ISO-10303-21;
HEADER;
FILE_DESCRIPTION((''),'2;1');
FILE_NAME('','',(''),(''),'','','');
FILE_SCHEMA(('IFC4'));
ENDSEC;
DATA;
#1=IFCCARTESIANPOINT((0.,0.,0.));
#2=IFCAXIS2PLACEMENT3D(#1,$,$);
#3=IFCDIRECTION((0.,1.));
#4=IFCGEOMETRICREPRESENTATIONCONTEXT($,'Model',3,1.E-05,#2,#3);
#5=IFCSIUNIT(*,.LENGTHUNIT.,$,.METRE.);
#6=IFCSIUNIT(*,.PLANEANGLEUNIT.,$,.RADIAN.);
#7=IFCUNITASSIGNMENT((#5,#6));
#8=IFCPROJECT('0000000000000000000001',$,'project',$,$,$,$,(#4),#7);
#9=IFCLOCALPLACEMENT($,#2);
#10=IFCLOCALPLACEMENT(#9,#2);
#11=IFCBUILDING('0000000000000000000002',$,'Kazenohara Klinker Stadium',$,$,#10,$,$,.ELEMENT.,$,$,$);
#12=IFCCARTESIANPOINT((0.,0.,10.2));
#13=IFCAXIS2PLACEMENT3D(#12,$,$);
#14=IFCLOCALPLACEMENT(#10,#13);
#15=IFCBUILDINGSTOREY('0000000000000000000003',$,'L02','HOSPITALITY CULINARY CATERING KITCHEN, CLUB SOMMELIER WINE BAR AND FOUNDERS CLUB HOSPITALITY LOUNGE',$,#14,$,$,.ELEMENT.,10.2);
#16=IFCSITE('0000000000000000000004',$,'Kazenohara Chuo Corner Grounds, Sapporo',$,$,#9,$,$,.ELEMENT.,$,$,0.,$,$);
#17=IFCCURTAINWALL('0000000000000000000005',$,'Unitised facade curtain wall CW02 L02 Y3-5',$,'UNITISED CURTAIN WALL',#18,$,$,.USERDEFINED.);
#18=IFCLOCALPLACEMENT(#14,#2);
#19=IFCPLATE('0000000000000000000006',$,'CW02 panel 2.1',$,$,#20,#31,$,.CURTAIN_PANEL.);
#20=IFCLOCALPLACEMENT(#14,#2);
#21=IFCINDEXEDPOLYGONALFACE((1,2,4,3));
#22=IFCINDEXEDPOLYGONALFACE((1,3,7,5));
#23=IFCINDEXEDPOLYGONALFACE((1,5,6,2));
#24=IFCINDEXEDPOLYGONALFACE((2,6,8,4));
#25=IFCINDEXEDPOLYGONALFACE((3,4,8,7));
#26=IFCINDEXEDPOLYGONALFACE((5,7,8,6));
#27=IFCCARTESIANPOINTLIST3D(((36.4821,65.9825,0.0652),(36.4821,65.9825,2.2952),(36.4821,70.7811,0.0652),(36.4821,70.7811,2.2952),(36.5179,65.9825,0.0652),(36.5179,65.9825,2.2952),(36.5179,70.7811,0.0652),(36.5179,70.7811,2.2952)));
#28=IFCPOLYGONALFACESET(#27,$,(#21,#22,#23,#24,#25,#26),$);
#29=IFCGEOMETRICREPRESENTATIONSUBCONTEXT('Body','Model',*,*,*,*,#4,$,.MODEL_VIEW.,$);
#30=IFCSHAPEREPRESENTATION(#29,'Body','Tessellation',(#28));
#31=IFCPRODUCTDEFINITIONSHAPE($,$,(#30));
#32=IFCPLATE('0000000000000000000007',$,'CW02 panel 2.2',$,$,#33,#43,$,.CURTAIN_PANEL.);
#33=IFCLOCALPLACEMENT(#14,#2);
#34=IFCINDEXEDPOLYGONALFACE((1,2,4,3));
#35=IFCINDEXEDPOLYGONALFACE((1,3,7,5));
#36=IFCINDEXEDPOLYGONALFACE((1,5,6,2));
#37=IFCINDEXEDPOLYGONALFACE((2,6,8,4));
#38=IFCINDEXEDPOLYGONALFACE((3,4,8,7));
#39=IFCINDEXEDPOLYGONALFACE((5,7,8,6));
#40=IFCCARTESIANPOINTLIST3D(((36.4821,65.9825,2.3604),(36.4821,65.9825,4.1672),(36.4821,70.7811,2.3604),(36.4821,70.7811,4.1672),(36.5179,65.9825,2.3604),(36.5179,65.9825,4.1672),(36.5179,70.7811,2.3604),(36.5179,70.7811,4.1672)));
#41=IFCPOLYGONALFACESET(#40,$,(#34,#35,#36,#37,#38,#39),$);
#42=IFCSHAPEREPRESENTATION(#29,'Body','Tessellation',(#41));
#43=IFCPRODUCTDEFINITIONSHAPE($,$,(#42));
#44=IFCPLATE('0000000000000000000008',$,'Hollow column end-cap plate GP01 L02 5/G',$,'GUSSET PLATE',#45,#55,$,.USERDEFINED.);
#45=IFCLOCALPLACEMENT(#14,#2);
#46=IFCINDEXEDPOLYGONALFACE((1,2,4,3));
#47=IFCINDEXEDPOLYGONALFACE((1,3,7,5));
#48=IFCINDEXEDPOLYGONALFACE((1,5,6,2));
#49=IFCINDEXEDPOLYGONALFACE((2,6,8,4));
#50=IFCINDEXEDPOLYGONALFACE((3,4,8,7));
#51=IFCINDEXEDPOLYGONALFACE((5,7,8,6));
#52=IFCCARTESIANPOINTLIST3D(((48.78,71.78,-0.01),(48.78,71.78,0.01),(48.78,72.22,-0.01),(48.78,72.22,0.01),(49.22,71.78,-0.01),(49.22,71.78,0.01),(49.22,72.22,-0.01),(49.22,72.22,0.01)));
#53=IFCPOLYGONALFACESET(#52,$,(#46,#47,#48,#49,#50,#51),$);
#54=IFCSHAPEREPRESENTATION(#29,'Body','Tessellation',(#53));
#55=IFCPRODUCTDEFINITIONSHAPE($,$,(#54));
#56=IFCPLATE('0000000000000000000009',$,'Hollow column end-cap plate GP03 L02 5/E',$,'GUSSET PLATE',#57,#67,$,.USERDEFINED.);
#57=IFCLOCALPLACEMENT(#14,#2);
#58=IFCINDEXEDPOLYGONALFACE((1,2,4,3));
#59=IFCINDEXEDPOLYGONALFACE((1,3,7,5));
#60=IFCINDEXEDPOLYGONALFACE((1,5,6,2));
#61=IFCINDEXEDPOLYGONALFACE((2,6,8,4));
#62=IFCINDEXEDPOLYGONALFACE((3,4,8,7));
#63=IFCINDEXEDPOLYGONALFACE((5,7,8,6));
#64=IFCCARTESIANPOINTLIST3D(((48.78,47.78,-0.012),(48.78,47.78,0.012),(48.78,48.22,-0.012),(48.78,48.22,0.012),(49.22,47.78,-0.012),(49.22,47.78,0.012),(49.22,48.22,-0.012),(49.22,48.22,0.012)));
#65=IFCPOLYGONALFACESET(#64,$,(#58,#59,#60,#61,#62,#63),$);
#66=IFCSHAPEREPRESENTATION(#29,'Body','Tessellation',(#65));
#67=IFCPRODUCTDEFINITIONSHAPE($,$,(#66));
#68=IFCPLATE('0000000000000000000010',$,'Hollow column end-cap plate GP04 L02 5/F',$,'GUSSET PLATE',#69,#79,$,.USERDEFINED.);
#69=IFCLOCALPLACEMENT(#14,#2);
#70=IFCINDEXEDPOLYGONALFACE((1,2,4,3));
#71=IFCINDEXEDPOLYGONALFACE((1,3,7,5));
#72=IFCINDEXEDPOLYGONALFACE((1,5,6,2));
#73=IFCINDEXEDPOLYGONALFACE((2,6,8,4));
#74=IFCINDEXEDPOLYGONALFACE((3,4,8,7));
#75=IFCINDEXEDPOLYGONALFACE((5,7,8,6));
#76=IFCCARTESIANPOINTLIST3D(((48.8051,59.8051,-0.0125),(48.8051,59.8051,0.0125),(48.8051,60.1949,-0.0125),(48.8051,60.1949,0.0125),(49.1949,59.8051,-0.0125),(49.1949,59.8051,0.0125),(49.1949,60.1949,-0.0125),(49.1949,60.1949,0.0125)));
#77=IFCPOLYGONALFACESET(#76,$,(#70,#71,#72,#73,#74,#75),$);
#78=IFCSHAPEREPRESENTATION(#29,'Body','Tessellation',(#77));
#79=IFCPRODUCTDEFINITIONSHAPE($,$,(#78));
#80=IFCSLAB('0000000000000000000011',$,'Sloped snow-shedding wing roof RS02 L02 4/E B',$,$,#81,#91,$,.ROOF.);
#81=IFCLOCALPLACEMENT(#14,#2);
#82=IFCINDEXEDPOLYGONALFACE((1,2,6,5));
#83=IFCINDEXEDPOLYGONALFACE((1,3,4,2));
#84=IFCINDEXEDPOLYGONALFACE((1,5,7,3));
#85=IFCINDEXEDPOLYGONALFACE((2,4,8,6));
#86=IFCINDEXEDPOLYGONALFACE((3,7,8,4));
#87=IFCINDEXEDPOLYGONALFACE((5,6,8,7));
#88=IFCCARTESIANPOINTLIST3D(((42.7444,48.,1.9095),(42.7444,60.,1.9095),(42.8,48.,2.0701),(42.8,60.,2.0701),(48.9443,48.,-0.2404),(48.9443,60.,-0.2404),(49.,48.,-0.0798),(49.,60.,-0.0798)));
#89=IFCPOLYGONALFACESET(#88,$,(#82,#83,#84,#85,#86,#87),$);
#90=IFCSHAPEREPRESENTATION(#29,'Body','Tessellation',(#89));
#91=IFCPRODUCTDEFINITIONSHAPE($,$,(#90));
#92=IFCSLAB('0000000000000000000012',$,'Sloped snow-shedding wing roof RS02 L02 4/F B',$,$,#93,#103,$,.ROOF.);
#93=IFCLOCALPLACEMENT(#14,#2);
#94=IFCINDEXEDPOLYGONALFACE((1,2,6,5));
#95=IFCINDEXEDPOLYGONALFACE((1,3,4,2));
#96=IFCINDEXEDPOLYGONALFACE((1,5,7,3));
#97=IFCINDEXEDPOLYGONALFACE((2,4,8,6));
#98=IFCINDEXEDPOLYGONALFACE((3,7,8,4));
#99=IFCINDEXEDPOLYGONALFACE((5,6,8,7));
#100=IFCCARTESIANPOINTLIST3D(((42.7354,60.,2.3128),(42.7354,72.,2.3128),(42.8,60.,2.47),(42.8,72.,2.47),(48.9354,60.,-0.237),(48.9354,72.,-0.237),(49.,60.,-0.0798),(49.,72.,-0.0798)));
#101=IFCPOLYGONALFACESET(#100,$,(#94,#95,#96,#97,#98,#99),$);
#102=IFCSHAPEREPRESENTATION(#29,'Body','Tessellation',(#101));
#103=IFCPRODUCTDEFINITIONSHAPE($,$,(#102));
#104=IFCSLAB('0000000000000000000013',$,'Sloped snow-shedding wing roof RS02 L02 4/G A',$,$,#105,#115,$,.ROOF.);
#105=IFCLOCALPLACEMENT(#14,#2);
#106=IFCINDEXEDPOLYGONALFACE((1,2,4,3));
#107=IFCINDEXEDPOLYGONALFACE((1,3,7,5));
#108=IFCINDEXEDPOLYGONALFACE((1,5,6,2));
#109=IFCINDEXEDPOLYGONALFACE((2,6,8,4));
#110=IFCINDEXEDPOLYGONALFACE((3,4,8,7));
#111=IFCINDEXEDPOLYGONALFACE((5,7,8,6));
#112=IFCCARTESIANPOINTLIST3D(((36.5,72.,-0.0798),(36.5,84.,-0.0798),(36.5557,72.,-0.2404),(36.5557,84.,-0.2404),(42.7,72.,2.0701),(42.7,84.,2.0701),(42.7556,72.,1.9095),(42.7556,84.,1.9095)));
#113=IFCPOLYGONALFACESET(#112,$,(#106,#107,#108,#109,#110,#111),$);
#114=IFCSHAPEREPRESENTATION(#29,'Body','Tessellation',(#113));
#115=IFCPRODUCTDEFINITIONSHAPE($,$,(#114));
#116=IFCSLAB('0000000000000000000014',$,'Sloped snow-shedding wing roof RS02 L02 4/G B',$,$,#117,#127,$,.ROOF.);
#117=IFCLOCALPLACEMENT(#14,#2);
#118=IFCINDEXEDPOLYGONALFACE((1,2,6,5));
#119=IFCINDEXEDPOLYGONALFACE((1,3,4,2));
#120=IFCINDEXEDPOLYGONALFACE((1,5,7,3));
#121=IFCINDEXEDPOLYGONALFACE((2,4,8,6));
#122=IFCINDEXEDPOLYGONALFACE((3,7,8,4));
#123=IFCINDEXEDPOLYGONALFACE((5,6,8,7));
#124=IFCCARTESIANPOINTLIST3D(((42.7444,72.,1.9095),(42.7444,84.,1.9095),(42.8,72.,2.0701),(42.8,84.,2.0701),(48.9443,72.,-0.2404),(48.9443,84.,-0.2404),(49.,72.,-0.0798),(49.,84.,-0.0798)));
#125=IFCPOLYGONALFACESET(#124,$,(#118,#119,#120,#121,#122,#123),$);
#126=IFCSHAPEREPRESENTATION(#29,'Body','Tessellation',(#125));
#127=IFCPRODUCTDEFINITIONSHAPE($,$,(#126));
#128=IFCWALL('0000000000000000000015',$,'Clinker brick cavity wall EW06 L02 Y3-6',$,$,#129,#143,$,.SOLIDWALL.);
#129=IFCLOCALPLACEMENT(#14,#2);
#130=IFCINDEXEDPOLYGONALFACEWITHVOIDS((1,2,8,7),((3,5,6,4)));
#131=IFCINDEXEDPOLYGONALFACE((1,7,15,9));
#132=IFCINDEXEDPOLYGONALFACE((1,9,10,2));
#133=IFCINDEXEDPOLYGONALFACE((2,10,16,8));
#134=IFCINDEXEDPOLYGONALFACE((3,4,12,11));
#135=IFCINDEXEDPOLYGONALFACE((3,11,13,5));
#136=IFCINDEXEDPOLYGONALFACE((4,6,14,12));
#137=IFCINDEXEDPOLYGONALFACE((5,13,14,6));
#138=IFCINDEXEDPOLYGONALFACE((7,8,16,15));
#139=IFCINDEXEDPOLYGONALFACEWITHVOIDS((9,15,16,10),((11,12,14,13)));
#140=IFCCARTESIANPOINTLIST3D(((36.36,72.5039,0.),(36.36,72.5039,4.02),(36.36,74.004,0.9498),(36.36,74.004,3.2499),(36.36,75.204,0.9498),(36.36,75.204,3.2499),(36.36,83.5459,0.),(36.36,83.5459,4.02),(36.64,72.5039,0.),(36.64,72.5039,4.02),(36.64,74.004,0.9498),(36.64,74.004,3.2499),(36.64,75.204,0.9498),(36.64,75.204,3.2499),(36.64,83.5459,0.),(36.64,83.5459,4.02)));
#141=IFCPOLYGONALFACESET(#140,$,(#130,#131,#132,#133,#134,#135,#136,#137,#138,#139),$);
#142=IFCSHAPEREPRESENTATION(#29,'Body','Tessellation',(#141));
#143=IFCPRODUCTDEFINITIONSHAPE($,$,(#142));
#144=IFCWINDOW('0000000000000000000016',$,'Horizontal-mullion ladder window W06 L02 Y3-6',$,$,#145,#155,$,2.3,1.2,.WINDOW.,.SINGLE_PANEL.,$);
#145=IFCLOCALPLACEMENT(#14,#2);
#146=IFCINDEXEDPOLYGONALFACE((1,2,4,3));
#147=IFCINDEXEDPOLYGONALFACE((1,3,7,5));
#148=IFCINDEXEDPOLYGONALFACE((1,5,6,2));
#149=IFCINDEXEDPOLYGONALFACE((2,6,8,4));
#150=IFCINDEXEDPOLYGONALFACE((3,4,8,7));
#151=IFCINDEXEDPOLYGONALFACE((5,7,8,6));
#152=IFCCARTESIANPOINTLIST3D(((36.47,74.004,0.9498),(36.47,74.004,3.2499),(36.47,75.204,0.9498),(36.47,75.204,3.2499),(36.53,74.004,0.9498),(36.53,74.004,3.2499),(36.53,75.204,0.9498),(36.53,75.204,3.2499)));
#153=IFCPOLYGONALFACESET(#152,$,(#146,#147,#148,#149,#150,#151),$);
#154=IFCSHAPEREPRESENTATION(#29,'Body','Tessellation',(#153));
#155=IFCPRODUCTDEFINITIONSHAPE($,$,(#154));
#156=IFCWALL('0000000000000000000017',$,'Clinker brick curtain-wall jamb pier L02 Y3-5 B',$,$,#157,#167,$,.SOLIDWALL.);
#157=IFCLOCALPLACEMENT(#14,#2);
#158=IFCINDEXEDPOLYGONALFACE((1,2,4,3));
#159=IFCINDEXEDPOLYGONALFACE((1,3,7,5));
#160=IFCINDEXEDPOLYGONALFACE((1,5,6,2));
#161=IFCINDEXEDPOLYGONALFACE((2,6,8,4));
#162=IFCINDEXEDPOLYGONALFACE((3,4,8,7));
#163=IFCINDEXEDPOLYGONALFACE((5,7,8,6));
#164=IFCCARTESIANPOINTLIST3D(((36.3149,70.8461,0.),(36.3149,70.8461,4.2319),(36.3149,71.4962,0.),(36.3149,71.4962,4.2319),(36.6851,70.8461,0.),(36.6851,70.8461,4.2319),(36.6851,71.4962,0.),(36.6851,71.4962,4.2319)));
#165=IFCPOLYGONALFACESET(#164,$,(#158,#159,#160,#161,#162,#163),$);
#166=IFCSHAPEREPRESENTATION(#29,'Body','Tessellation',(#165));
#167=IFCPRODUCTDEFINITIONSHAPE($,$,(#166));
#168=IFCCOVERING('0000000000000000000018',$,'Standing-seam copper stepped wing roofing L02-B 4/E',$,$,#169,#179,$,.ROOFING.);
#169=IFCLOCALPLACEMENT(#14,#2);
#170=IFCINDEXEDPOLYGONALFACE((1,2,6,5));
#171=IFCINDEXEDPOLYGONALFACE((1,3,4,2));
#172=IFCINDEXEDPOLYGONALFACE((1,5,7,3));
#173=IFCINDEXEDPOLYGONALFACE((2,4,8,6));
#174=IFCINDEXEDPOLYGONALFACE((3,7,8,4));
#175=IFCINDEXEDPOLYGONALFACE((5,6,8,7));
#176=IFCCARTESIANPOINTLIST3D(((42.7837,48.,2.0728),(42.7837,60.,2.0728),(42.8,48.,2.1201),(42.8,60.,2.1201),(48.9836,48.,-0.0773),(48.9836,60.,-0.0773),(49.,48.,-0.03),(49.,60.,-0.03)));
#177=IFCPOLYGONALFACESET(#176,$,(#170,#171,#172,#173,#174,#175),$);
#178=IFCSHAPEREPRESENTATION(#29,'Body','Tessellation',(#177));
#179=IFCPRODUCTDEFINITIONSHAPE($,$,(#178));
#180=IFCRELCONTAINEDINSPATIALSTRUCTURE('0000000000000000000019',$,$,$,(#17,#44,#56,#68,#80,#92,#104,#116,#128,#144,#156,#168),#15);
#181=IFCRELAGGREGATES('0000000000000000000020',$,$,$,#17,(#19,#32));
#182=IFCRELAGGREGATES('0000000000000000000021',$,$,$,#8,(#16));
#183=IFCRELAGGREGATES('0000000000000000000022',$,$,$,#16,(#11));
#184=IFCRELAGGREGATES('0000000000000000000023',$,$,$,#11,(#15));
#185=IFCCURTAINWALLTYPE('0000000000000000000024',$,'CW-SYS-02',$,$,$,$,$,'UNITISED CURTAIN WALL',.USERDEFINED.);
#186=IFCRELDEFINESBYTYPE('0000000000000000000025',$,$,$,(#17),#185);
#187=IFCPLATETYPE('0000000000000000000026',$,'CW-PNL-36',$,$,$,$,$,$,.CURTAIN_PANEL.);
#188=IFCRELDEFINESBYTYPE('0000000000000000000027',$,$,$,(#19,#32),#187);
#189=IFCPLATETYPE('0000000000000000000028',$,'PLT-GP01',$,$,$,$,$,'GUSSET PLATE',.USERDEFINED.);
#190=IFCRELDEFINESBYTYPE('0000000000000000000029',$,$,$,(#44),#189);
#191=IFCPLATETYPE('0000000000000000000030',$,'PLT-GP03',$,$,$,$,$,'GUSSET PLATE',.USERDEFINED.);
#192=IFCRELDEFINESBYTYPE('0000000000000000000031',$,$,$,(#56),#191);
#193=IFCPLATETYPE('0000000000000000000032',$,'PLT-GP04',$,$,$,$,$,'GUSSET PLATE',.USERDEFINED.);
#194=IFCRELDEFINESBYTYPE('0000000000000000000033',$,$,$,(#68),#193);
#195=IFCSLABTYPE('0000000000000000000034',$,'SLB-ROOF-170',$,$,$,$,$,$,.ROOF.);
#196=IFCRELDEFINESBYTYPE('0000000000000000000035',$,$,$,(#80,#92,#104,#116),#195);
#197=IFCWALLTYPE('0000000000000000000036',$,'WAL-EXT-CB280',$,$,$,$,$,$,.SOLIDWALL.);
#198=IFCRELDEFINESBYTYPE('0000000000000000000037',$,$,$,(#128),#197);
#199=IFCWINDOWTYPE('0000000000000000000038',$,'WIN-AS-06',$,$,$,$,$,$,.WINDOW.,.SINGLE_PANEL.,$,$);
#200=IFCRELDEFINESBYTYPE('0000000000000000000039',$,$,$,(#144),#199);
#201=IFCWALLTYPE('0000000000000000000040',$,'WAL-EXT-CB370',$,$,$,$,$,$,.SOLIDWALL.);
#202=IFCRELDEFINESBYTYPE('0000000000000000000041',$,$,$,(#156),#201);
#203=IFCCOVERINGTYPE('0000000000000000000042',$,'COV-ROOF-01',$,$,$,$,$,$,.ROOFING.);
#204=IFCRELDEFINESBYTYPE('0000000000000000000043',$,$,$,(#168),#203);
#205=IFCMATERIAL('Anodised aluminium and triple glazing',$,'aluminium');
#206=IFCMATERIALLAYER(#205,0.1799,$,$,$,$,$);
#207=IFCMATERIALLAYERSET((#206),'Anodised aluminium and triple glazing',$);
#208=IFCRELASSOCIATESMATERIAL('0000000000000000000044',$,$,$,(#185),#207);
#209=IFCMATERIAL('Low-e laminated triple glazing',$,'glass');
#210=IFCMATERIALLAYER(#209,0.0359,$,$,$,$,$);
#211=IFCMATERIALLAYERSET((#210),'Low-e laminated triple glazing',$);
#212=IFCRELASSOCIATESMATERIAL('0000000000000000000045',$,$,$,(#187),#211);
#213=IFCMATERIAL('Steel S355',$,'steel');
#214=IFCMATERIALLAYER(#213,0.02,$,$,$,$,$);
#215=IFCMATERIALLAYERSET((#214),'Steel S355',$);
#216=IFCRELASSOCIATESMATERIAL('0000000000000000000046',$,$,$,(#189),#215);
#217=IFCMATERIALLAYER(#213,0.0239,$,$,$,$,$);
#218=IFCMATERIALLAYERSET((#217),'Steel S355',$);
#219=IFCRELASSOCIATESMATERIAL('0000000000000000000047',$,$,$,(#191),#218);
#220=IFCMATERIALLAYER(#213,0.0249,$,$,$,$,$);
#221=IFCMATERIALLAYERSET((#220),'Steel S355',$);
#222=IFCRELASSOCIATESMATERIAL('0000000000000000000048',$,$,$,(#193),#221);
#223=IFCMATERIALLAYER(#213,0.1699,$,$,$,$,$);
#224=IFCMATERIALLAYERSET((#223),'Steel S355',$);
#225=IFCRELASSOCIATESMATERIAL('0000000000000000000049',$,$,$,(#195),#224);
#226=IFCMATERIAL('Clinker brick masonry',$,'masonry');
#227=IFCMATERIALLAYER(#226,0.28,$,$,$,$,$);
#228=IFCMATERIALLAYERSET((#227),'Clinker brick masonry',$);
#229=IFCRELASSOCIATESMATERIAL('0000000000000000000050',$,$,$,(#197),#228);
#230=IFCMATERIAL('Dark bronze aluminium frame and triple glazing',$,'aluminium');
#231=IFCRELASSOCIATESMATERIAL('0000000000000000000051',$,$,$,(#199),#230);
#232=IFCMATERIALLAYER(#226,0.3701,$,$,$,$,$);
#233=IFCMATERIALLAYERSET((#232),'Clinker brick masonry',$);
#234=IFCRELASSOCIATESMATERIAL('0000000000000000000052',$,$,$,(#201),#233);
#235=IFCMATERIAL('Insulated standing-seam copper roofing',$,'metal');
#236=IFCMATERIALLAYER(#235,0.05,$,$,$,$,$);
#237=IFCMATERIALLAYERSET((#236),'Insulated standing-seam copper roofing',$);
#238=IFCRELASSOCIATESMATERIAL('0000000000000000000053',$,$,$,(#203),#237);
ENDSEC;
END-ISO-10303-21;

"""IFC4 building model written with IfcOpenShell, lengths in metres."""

from ifc_helpers import new_model, si_unit, direction, frame, frame_2d, origin, origin_2d, place, context, subcontext, project, spatial, polyline, rectangle, outline, extrude, material, layer, layer_set, type_object, element, fill, aggregate, save


model = new_model("IFC4")

# Units and contexts
model_context = context("Model", 3, precision=1e-05, world=origin(), true_north=direction((0.0, 1.0)))
body_context = subcontext(model_context, "Body", "Model", "MODEL_VIEW")
ifc_project = project(units=[si_unit("LENGTHUNIT", "METRE"), si_unit("PLANEANGLEUNIT", "RADIAN")], contexts=[model_context])

# Site, building, storey
site_placement = place(None, origin())
site = spatial("IfcSite", under=ifc_project, at=site_placement, Name="Kazenohara Chuo Corner Grounds, Sapporo", CompositionType="ELEMENT", RefElevation=0.0)
building_placement = place(site_placement, origin())
building = spatial("IfcBuilding", under=site, at=building_placement, Name="Kazenohara Klinker Stadium", CompositionType="ELEMENT")
storey_placement = place(building_placement, frame((0.0, 0.0, 10.2)))
storey = spatial("IfcBuildingStorey", under=building, at=storey_placement, Name="L02", Description="HOSPITALITY CULINARY CATERING KITCHEN, CLUB SOMMELIER WINE BAR AND FOUNDERS CLUB HOSPITALITY LOUNGE", CompositionType="ELEMENT", Elevation=10.2)

# Shared definitions
ifc_material_1 = material(Name="Steel S355", Category="steel")

# Curtain wall
ifc_material_2 = material(Name="Anodised aluminium and triple glazing", Category="aluminium")
ifc_layer_1 = layer(ifc_material_2, 0.1799)
ifc_layer_set_1 = layer_set([ifc_layer_1], Name="Anodised aluminium and triple glazing")
curtain_wall_type = type_object("IfcCurtainWallType", Name="CW-SYS-02", ElementType="UNITISED CURTAIN WALL", PredefinedType="USERDEFINED", material=ifc_layer_set_1)
curtain_wall_placement = place(storey_placement, origin())
curtain_wall = element("IfcCurtainWall", 1, at=curtain_wall_placement, inside=storey, type_object=curtain_wall_type, Name="Unitised facade curtain wall CW02 L02 Y3-5", ObjectType="UNITISED CURTAIN WALL", PredefinedType="USERDEFINED")

# Plates
ifc_material_3 = material(Name="Low-e laminated triple glazing", Category="glass")
ifc_layer_2 = layer(ifc_material_3, 0.0359)
ifc_layer_set_2 = layer_set([ifc_layer_2], Name="Low-e laminated triple glazing")
plate_type_1 = type_object("IfcPlateType", Name="CW-PNL-36", PredefinedType="CURTAIN_PANEL", material=ifc_layer_set_2)
plate_1_placement = place(storey_placement, frame((36.5, 68.3818, 0.0652), z_axis=(0.0, 0.0, 1.0), x_axis=(0.0, 1.0, 0.0)))
plate_1 = element("IfcPlate", 2, at=plate_1_placement, type_object=plate_type_1, Name="CW02 panel 2.1", PredefinedType="CURTAIN_PANEL", context=body_context, shape_type="SweptSolid", body=[
    extrude(rectangle(XDim=4.7986, YDim=0.0359, at=origin_2d()), origin(), (0.0, 0.0, 1.0), 2.23),
])
plate_2_placement = place(storey_placement, frame((36.5, 68.3818, 2.3604), z_axis=(0.0, 0.0, 1.0), x_axis=(0.0, 1.0, 0.0)))
plate_2 = element("IfcPlate", 3, at=plate_2_placement, type_object=plate_type_1, Name="CW02 panel 2.2", PredefinedType="CURTAIN_PANEL", context=body_context, shape_type="SweptSolid", body=[
    extrude(rectangle(XDim=4.7986, YDim=0.0359, at=origin_2d()), origin(), (0.0, 0.0, 1.0), 1.8069),
])
aggregate(curtain_wall, [plate_1, plate_2])

# Plates
ifc_layer_3 = layer(ifc_material_1, 0.02)
ifc_layer_set_3 = layer_set([ifc_layer_3], Name="Steel S355")
plate_type_2 = type_object("IfcPlateType", Name="PLT-GP01", ElementType="GUSSET PLATE", PredefinedType="USERDEFINED", material=ifc_layer_set_3)
plate_3_placement = place(storey_placement, frame((49.0, 72.0, -0.01), z_axis=(0.0, 0.0, 1.0), x_axis=(1.0, 0.0, 0.0)))
element("IfcPlate", 4, at=plate_3_placement, inside=storey, type_object=plate_type_2, Name="Hollow column end-cap plate GP01 L02 5/G", ObjectType="GUSSET PLATE", PredefinedType="USERDEFINED", context=body_context, shape_type="SweptSolid", body=[
    extrude(rectangle(XDim=0.4399, YDim=0.4399, at=origin_2d()), origin(), (0.0, 0.0, 1.0), 0.02),
])
ifc_layer_4 = layer(ifc_material_1, 0.0239)
ifc_layer_set_4 = layer_set([ifc_layer_4], Name="Steel S355")
plate_type_3 = type_object("IfcPlateType", Name="PLT-GP03", ElementType="GUSSET PLATE", PredefinedType="USERDEFINED", material=ifc_layer_set_4)
plate_4_placement = place(storey_placement, frame((49.0, 48.0, -0.012), z_axis=(0.0, 0.0, 1.0), x_axis=(1.0, 0.0, 0.0)))
element("IfcPlate", 5, at=plate_4_placement, inside=storey, type_object=plate_type_3, Name="Hollow column end-cap plate GP03 L02 5/E", ObjectType="GUSSET PLATE", PredefinedType="USERDEFINED", context=body_context, shape_type="SweptSolid", body=[
    extrude(rectangle(XDim=0.4399, YDim=0.4399, at=origin_2d()), origin(), (0.0, 0.0, 1.0), 0.0239),
])
ifc_layer_5 = layer(ifc_material_1, 0.0249)
ifc_layer_set_5 = layer_set([ifc_layer_5], Name="Steel S355")
plate_type_4 = type_object("IfcPlateType", Name="PLT-GP04", ElementType="GUSSET PLATE", PredefinedType="USERDEFINED", material=ifc_layer_set_5)
plate_5_placement = place(storey_placement, frame((49.0, 60.0, -0.0125), z_axis=(0.0, 0.0, 1.0), x_axis=(1.0, 0.0, 0.0)))
element("IfcPlate", 6, at=plate_5_placement, inside=storey, type_object=plate_type_4, Name="Hollow column end-cap plate GP04 L02 5/F", ObjectType="GUSSET PLATE", PredefinedType="USERDEFINED", context=body_context, shape_type="SweptSolid", body=[
    extrude(rectangle(XDim=0.3899, YDim=0.3899, at=origin_2d()), origin(), (0.0, 0.0, 1.0), 0.0249),
])

# Slabs
ifc_layer_6 = layer(ifc_material_1, 0.1699)
ifc_layer_set_6 = layer_set([ifc_layer_6], Name="Steel S355")
slab_type = type_object("IfcSlabType", Name="SLB-ROOF-170", PredefinedType="ROOF", material=ifc_layer_set_6)
slab_1_placement = place(storey_placement, frame((42.8, 48.0, 2.0701), z_axis=(0.327623, 0.0, 0.944809), x_axis=(0.944809, 0.0, -0.327623)))
element("IfcSlab", 7, at=slab_1_placement, inside=storey, type_object=slab_type, Name="Sloped snow-shedding wing roof RS02 L02 4/E B", PredefinedType="ROOF", context=body_context, shape_type="SweptSolid", body=[
    extrude(outline(polyline([(0.0, 0.0), (6.5621, 0.0), (6.5621, 12.0), (0.0, 12.0), (0.0, 0.0)])), origin(), (0.0, 0.0, -1.0), 0.1699),
])
slab_2_placement = place(storey_placement, frame((42.8, 60.0, 2.47), z_axis=(0.380352, 0.0, 0.924842), x_axis=(0.924842, 0.0, -0.380352)))
element("IfcSlab", 8, at=slab_2_placement, inside=storey, type_object=slab_type, Name="Sloped snow-shedding wing roof RS02 L02 4/F B", PredefinedType="ROOF", context=body_context, shape_type="SweptSolid", body=[
    extrude(outline(polyline([(0.0, 0.0), (6.7038, 0.0), (6.7038, 12.0), (0.0, 12.0), (0.0, 0.0)])), origin(), (0.0, 0.0, -1.0), 0.1699),
])
for number, where, z_axis, x_axis, name in (
    (9, (36.5, 72.0, -0.0798), (-0.327623, 0.0, 0.944809), (0.944809, 0.0, 0.327623), "Sloped snow-shedding wing roof RS02 L02 4/G A"),
    (10, (42.8, 72.0, 2.0701), (0.327623, 0.0, 0.944809), (0.944809, 0.0, -0.327623), "Sloped snow-shedding wing roof RS02 L02 4/G B"),
):
    element("IfcSlab", number, at=place(storey_placement, frame(where, z_axis=z_axis, x_axis=x_axis)), inside=storey, type_object=slab_type, Name=name, PredefinedType="ROOF", context=body_context, shape_type="SweptSolid", body=[
        extrude(outline(polyline([(0.0, 0.0), (6.5621, 0.0), (6.5621, 12.0), (0.0, 12.0), (0.0, 0.0)])), origin(), (0.0, 0.0, -1.0), 0.1699),
    ])

# Wall, opening, window
ifc_material_4 = material(Name="Clinker brick masonry", Category="masonry")
ifc_layer_7 = layer(ifc_material_4, 0.28)
ifc_layer_set_7 = layer_set([ifc_layer_7], Name="Clinker brick masonry")
wall_type_1 = type_object("IfcWallType", Name="WAL-EXT-CB280", PredefinedType="SOLIDWALL", material=ifc_layer_set_7)
wall_1_placement = place(storey_placement, frame((36.5, 72.5039, 0.0), z_axis=(0.0, 0.0, 1.0), x_axis=(0.0, 1.0, 0.0)))
wall_1 = element("IfcWall", 11, at=wall_1_placement, inside=storey, type_object=wall_type_1, Name="Clinker brick cavity wall EW06 L02 Y3-6", PredefinedType="SOLIDWALL", context=body_context, shape_type="SweptSolid", body=[
    extrude(rectangle(XDim=11.042, YDim=0.28, at=frame_2d((5.521, 0.0))), origin(), (0.0, 0.0, 1.0), 4.02),
])
opening_placement = place(wall_1_placement, frame((1.5, 0.0, 0.95)))
opening = element("IfcOpeningElement", 12, at=opening_placement, cuts=wall_1, PredefinedType="OPENING", context=body_context, shape_type="SweptSolid", body=[
    extrude(rectangle(XDim=1.2, YDim=2.3, at=frame_2d((0.6001, 1.1499))), frame((0.0, 0.1499, 0.0), z_axis=(0.0, -1.0, 0.0), x_axis=(1.0, 0.0, 0.0)), (0.0, 0.0, 1.0), 0.3),
])
ifc_material_5 = material(Name="Dark bronze aluminium frame and triple glazing", Category="aluminium")
window_type = type_object("IfcWindowType", Name="WIN-AS-06", PartitioningType="SINGLE_PANEL", PredefinedType="WINDOW", material=ifc_material_5)
window_placement = place(opening_placement, origin())
window = element("IfcWindow", 13, at=window_placement, inside=storey, type_object=window_type, Name="Horizontal-mullion ladder window W06 L02 Y3-6", OverallHeight=2.3, OverallWidth=1.2, PartitioningType="SINGLE_PANEL", PredefinedType="WINDOW", context=body_context, shape_type="SweptSolid", body=[
    extrude(rectangle(XDim=1.2, YDim=2.3, at=frame_2d((0.6001, 1.1499))), frame((0.0, 0.03, 0.0), z_axis=(0.0, -1.0, 0.0), x_axis=(1.0, 0.0, 0.0)), (0.0, 0.0, 1.0), 0.0601),
])
fill(opening, window)

# Wall
ifc_layer_8 = layer(ifc_material_4, 0.3701)
ifc_layer_set_8 = layer_set([ifc_layer_8], Name="Clinker brick masonry")
wall_type_2 = type_object("IfcWallType", Name="WAL-EXT-CB370", PredefinedType="SOLIDWALL", material=ifc_layer_set_8)
wall_2_placement = place(storey_placement, frame((36.5, 70.8459, 0.0), z_axis=(0.0, 0.0, 1.0), x_axis=(0.0, 1.0, 0.0)))
element("IfcWall", 14, at=wall_2_placement, inside=storey, type_object=wall_type_2, Name="Clinker brick curtain-wall jamb pier L02 Y3-5 B", PredefinedType="SOLIDWALL", context=body_context, shape_type="SweptSolid", body=[
    extrude(rectangle(XDim=0.6501, YDim=0.3701, at=frame_2d((0.3252, 0.0))), origin(), (0.0, 0.0, 1.0), 4.2319),
])

# Covering
ifc_material_6 = material(Name="Insulated standing-seam copper roofing", Category="metal")
ifc_layer_9 = layer(ifc_material_6, 0.05)
ifc_layer_set_9 = layer_set([ifc_layer_9], Name="Insulated standing-seam copper roofing")
covering_type = type_object("IfcCoveringType", Name="COV-ROOF-01", PredefinedType="ROOFING", material=ifc_layer_set_9)
covering_1_placement = place(storey_placement, frame((42.8, 48.0, 2.1201), z_axis=(0.327656, 0.0, 0.944797), x_axis=(0.944797, 0.0, -0.327656)))
element("IfcCovering", 15, at=covering_1_placement, inside=storey, type_object=covering_type, Name="Standing-seam copper stepped wing roofing L02-B 4/E", PredefinedType="ROOFING", context=body_context, shape_type="SweptSolid", body=[
    extrude(outline(polyline([(0.0, 0.0), (6.5622, 0.0), (6.5622, 12.0), (0.0, 12.0), (0.0, 0.0)])), origin(), (0.0, 0.0, -1.0), 0.05),
])

save(model, "model.ifc")
